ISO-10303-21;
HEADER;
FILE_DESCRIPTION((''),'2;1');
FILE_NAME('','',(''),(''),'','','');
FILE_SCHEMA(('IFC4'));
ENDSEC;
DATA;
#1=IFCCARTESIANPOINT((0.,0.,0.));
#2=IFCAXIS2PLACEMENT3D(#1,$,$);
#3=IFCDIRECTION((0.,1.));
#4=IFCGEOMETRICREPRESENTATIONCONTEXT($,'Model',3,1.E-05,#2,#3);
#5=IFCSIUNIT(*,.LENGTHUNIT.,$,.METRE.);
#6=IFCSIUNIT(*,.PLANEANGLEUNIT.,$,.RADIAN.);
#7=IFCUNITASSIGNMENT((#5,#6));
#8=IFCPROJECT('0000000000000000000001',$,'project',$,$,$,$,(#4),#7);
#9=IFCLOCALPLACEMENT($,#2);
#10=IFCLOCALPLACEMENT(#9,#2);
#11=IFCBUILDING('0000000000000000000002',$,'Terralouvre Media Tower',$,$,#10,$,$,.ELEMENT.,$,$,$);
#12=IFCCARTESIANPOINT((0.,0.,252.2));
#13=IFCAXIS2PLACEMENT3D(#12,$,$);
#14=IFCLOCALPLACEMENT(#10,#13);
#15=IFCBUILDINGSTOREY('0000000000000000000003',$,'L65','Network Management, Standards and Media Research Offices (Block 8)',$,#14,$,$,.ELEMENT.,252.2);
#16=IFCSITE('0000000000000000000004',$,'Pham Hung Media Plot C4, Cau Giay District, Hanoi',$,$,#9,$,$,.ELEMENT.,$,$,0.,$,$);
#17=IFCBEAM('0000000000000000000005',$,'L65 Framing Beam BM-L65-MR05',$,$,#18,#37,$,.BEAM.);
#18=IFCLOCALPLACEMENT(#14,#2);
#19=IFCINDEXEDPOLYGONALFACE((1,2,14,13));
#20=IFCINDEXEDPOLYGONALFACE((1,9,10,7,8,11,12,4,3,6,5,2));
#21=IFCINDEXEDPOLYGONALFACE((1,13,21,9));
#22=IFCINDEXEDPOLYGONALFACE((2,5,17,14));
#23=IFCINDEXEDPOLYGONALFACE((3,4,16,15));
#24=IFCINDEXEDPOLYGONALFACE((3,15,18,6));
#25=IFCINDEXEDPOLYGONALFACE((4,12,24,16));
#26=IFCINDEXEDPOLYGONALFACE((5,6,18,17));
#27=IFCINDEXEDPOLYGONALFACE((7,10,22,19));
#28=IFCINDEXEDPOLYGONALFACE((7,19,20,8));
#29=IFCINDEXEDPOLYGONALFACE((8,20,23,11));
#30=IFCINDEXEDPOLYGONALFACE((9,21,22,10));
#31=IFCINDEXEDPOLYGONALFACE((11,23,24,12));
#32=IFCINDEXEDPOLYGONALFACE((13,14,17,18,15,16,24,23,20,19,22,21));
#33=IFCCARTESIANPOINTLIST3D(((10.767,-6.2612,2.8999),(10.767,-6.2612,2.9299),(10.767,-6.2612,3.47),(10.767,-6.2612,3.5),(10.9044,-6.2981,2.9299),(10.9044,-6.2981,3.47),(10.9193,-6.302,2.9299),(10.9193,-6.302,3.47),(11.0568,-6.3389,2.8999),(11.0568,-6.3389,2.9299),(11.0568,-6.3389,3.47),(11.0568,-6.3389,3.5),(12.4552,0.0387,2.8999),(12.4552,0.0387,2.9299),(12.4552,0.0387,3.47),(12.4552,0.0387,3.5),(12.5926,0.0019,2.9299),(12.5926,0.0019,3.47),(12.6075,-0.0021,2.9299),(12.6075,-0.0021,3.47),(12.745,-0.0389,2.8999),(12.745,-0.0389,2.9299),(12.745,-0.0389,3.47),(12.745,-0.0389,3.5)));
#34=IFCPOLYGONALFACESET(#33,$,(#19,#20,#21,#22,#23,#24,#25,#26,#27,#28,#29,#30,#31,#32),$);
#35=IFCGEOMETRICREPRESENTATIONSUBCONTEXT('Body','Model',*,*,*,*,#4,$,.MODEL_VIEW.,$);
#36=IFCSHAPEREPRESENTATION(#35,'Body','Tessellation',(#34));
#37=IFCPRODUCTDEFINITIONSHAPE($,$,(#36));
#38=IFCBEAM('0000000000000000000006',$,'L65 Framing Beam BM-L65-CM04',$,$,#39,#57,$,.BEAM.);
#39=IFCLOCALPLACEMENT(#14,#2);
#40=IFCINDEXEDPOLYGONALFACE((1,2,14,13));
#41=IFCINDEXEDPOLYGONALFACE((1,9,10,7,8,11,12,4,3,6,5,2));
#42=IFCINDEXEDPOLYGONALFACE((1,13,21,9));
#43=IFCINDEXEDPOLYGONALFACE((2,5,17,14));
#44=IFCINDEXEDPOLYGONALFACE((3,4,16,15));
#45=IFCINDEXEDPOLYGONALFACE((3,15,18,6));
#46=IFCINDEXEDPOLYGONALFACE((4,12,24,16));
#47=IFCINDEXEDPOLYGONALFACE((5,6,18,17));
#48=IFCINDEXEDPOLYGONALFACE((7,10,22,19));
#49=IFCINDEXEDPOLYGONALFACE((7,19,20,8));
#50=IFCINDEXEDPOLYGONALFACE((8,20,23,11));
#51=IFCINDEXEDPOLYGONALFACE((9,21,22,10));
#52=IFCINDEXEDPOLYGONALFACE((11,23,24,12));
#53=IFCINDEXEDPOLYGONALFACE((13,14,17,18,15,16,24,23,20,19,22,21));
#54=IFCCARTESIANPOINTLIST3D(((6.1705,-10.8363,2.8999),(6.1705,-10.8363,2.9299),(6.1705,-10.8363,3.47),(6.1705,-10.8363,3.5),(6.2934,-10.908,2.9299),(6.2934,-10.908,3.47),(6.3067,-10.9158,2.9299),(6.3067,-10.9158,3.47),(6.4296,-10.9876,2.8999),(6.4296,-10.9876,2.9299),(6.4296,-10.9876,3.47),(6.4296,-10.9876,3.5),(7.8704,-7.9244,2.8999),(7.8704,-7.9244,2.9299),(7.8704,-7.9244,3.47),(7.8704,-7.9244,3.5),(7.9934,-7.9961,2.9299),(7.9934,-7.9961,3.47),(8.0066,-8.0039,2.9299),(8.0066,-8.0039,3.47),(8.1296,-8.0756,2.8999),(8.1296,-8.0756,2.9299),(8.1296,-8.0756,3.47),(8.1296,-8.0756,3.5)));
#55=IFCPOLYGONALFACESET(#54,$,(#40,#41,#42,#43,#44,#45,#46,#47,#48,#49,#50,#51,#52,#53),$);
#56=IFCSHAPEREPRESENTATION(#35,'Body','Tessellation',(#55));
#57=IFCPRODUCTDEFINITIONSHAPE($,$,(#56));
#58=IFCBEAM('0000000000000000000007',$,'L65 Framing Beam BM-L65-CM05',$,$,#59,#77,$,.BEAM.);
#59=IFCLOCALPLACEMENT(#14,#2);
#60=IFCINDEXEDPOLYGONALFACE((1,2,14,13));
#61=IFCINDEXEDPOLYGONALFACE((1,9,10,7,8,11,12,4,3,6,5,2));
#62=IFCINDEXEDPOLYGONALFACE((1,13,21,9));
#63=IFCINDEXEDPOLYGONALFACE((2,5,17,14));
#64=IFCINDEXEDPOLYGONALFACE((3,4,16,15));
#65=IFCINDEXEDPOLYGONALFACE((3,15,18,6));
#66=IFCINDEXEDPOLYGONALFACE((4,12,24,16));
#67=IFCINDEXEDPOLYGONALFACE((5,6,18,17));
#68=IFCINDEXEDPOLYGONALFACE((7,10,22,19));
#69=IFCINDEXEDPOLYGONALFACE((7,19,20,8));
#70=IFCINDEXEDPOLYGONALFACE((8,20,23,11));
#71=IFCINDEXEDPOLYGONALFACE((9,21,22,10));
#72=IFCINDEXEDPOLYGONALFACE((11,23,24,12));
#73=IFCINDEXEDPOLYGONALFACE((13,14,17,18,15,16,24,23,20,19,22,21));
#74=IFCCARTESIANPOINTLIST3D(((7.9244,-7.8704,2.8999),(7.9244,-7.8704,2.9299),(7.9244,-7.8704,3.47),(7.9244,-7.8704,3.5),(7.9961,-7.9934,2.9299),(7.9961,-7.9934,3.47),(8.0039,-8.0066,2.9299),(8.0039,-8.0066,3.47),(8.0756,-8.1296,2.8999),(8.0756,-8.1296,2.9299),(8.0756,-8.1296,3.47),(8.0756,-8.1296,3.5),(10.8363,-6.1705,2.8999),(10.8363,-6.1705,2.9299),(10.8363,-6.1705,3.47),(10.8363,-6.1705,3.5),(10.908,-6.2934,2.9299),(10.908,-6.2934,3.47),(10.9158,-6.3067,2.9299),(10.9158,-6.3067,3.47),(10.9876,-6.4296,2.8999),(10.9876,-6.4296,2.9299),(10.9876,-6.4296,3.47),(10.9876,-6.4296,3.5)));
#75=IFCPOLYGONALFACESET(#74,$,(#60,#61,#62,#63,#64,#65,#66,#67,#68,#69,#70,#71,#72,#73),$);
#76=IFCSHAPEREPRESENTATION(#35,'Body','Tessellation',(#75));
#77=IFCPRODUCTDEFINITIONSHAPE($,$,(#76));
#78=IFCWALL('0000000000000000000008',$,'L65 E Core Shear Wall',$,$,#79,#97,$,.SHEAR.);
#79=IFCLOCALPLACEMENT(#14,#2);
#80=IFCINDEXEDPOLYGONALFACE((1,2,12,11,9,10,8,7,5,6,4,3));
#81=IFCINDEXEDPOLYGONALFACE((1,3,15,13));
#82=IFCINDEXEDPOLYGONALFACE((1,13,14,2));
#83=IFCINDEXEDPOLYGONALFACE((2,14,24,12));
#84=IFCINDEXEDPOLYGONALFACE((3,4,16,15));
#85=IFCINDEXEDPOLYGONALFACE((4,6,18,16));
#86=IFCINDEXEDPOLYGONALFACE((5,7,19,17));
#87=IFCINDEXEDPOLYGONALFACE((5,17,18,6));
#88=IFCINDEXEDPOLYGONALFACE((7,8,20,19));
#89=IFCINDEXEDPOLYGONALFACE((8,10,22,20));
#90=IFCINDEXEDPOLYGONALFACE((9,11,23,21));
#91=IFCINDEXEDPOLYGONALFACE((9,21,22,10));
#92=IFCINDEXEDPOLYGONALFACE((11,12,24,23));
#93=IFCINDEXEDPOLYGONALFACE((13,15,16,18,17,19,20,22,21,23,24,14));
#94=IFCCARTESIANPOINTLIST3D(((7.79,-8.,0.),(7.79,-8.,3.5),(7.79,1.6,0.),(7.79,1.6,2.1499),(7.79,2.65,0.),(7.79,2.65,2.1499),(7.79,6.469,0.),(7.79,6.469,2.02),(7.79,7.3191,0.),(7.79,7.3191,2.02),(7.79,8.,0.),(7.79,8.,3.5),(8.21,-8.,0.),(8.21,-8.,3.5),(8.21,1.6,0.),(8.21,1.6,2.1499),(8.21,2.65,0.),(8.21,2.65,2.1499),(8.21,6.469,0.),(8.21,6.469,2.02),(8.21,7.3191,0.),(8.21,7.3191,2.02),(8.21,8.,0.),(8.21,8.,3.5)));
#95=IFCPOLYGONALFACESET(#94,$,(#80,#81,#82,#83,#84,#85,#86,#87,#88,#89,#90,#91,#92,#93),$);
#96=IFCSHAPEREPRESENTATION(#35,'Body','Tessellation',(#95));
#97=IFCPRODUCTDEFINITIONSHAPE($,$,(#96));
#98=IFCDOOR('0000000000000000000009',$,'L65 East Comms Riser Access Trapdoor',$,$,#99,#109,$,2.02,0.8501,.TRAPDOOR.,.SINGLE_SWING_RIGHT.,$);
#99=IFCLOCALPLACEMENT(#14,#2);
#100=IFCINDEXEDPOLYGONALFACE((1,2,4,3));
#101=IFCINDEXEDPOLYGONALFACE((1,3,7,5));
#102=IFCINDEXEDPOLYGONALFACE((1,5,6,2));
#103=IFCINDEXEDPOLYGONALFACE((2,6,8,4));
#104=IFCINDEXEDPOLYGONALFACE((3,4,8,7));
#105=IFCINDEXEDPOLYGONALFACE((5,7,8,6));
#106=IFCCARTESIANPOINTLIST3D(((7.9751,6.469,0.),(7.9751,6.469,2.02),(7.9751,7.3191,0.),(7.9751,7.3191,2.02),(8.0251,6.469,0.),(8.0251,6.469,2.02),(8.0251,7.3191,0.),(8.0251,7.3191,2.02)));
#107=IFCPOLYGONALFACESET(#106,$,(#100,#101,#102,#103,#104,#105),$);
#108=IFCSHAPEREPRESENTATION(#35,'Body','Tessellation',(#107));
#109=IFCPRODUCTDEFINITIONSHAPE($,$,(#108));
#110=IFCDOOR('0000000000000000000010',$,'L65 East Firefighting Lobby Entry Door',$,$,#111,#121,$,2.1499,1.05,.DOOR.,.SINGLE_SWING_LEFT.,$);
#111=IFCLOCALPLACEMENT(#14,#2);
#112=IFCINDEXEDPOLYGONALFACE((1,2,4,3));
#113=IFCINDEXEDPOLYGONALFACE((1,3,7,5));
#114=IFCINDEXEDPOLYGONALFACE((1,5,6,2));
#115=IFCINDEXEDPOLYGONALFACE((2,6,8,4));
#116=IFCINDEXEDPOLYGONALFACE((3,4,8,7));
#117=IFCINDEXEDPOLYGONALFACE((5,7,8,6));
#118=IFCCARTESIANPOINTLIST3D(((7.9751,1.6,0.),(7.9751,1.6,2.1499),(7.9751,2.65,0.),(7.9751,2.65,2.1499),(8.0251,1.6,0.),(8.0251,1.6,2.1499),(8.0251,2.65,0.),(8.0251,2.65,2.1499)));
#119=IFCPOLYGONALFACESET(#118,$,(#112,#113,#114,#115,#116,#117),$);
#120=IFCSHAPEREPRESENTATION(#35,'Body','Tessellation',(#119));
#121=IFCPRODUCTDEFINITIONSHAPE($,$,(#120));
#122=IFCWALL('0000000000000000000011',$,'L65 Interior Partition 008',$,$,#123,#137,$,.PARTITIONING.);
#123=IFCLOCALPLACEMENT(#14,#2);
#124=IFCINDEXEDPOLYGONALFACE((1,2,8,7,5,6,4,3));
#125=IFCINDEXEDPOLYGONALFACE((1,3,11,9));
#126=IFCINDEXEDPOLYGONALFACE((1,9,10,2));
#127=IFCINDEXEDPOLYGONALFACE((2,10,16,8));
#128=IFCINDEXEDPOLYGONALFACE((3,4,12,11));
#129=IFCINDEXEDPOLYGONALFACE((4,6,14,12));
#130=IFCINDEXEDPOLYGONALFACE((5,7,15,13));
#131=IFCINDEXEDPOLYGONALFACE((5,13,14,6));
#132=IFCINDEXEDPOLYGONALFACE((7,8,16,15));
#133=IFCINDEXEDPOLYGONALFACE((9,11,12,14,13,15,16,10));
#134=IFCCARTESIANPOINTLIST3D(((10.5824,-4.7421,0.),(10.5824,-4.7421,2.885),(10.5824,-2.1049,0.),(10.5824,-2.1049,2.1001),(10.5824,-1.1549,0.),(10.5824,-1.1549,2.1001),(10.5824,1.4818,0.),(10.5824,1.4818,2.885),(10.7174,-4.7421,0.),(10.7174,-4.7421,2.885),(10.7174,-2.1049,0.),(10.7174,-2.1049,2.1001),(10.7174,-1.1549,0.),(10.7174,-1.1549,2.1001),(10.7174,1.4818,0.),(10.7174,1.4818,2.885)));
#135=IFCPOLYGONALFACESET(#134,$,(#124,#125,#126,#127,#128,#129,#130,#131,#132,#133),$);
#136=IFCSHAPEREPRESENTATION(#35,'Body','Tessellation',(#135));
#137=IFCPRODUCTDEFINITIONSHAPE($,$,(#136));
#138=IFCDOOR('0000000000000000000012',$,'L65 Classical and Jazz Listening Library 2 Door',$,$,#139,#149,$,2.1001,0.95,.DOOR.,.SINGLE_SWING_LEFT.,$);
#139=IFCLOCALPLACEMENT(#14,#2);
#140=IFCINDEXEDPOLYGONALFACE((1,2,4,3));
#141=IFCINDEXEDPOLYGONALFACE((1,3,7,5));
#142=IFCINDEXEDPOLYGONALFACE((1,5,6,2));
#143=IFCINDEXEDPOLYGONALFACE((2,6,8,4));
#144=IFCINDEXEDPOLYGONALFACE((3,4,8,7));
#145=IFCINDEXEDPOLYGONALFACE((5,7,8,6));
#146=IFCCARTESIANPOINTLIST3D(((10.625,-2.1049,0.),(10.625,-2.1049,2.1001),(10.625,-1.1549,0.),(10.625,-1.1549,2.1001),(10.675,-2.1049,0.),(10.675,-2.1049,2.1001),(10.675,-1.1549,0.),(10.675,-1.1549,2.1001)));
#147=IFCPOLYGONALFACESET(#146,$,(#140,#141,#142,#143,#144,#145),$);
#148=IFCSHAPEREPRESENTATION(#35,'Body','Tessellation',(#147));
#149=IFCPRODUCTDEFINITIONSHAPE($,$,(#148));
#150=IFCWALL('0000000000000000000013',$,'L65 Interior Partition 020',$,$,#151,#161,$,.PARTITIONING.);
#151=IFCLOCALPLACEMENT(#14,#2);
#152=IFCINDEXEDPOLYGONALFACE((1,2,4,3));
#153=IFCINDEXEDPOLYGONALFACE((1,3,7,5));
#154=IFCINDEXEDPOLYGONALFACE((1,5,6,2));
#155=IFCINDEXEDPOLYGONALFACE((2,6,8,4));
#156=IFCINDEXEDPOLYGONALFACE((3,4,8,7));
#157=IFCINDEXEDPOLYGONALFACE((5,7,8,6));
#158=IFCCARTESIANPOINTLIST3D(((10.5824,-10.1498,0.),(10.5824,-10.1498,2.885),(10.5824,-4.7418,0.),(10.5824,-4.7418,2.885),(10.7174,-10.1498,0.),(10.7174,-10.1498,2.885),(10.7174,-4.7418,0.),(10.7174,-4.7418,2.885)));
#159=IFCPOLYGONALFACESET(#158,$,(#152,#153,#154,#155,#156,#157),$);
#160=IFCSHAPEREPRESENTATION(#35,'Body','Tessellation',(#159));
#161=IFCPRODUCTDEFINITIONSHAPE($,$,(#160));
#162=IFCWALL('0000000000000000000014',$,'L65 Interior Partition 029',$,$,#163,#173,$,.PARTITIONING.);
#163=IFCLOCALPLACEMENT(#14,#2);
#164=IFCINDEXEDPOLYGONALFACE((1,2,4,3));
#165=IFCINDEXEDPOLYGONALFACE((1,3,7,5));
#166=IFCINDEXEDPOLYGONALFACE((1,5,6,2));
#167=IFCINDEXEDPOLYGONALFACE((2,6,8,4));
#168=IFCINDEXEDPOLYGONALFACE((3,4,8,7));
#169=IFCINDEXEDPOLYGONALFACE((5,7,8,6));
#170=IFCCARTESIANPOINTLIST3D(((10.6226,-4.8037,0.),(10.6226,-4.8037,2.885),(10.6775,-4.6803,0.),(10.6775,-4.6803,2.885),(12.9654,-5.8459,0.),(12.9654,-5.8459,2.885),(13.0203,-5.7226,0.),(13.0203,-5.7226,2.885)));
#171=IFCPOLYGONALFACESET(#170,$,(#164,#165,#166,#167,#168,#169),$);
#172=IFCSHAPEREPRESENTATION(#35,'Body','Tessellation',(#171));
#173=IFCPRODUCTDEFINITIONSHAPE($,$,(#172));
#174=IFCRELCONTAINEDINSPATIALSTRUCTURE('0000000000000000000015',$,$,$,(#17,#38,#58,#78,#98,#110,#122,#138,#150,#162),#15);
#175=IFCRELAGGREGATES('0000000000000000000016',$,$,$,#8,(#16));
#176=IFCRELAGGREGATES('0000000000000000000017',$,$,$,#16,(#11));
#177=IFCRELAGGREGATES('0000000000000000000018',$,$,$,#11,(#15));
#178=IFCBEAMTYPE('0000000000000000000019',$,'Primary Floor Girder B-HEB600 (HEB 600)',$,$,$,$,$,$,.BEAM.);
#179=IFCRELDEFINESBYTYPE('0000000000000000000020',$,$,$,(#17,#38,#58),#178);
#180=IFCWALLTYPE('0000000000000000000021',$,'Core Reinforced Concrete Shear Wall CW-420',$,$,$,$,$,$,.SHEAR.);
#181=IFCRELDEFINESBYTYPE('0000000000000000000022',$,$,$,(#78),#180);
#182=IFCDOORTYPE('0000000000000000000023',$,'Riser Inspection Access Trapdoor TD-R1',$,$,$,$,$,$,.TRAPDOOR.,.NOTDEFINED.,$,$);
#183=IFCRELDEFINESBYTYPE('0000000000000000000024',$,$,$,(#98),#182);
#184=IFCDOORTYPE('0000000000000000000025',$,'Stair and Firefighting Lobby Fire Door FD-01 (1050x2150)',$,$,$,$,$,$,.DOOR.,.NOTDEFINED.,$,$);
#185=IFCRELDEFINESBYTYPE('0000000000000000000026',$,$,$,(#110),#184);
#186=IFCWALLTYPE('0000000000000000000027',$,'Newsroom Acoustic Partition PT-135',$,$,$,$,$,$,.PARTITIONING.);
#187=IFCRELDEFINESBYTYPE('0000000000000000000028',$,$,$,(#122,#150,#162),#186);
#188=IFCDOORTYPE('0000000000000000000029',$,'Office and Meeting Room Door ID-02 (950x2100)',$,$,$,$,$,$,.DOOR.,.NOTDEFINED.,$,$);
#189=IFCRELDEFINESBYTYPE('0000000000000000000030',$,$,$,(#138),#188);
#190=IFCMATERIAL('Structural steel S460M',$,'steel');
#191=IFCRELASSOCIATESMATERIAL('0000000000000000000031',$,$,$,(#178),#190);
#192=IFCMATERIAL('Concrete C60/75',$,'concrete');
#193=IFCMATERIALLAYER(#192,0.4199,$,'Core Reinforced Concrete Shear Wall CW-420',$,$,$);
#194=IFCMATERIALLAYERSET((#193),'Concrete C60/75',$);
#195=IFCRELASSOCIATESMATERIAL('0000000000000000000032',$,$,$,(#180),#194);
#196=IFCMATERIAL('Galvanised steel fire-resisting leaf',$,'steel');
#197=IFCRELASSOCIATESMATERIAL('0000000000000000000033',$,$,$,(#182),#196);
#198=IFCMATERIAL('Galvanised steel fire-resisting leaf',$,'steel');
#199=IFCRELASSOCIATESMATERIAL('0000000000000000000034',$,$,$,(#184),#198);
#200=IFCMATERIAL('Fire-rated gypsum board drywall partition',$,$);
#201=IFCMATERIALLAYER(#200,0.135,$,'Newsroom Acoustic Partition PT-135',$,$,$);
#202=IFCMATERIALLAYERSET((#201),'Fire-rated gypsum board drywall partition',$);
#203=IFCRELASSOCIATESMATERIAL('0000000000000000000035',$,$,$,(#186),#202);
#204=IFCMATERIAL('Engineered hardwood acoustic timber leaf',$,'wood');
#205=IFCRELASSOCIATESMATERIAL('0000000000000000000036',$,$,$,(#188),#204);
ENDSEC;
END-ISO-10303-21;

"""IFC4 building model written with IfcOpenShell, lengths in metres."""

from ifc_helpers import new_model, si_unit, direction, frame, frame_2d, origin, origin_2d, place, context, subcontext, project, spatial, rectangle, i_section, extrude, material, layer, layer_set, material_profile, profile_set, type_object, element, fill, save


model = new_model("IFC4")

# Units and contexts
model_context = context("Model", 3, precision=1e-05, world=origin(), true_north=direction((0.0, 1.0)))
body_context = subcontext(model_context, "Body", "Model", "MODEL_VIEW")
ifc_project = project(units=[si_unit("LENGTHUNIT", "METRE"), si_unit("PLANEANGLEUNIT", "RADIAN")], contexts=[model_context])

# Site, building, storey
site_placement = place(None, origin())
site = spatial("IfcSite", under=ifc_project, at=site_placement, Name="Pham Hung Media Plot C4, Cau Giay District, Hanoi", CompositionType="ELEMENT", RefElevation=0.0)
building_placement = place(site_placement, origin())
building = spatial("IfcBuilding", under=site, at=building_placement, Name="Terralouvre Media Tower", CompositionType="ELEMENT")
storey_placement = place(building_placement, frame((0.0, 0.0, 252.2)))
storey = spatial("IfcBuildingStorey", under=building, at=storey_placement, Name="L65", Description="Network Management, Standards and Media Research Offices (Block 8)", CompositionType="ELEMENT", Elevation=252.2)

# Beams
ifc_material_1 = material(Name="Structural steel S460M", Category="steel")
ifc_material_profile_1 = material_profile(ifc_material_1, i_section(OverallWidth=0.3, OverallDepth=0.6001, WebThickness=0.0154, FlangeThickness=0.03, at=origin_2d()), Name="HEB 600")
ifc_profile_set_1 = profile_set([ifc_material_profile_1], Name="Structural steel S460M")
beam_type_1 = type_object("IfcBeamType", Name="Primary Floor Girder B-HEB600 (HEB 600)", PredefinedType="BEAM", material=ifc_profile_set_1)
beam_1_placement = place(storey_placement, frame((10.9119, -6.3, 3.2), z_axis=(0.258839, 0.96592, 0.0), x_axis=(-0.96592, 0.258839, 0.0)))
element("IfcBeam", 1, at=beam_1_placement, inside=storey, type_object=beam_type_1, Name="L65 Framing Beam BM-L65-MR05", PredefinedType="BEAM", context=body_context, shape_type="SweptSolid", body=[
    extrude(i_section(OverallWidth=0.3, OverallDepth=0.6001, WebThickness=0.0154, FlangeThickness=0.03, at=origin_2d()), origin(), (0.0, 0.0, 1.0), 6.5222),
])
for number, where, z_axis, x_axis, name in (
    (2, (8.0, -8.0, 3.2), (-0.504173, -0.863603, 0.0), (0.863603, -0.504173, 0.0), "L65 Framing Beam BM-L65-CM04"),
    (3, (8.0, -8.0, 3.2), (0.863603, 0.504173, 0.0), (-0.504173, 0.863603, 0.0), "L65 Framing Beam BM-L65-CM05"),
):
    element("IfcBeam", number, at=place(storey_placement, frame(where, z_axis=z_axis, x_axis=x_axis)), inside=storey, type_object=beam_type_1, Name=name, PredefinedType="BEAM", context=body_context, shape_type="SweptSolid", body=[
        extrude(i_section(OverallWidth=0.3, OverallDepth=0.6001, WebThickness=0.0154, FlangeThickness=0.03, at=origin_2d()), origin(), (0.0, 0.0, 1.0), 3.3718),
    ])

# Wall, openings, doors
ifc_material_2 = material(Name="Concrete C60/75", Category="concrete")
ifc_layer_1 = layer(ifc_material_2, 0.4199, Name="Core Reinforced Concrete Shear Wall CW-420")
ifc_layer_set_1 = layer_set([ifc_layer_1], Name="Concrete C60/75")
wall_type_1 = type_object("IfcWallType", Name="Core Reinforced Concrete Shear Wall CW-420", PredefinedType="SHEAR", material=ifc_layer_set_1)
wall_1_placement = place(storey_placement, frame((8.0, -8.0, 0.0), z_axis=(0.0, 0.0, 1.0), x_axis=(0.0, 1.0, 0.0)))
wall_1 = element("IfcWall", 4, at=wall_1_placement, inside=storey, type_object=wall_type_1, Name="L65 E Core Shear Wall", PredefinedType="SHEAR", context=body_context, shape_type="SweptSolid", body=[
    extrude(rectangle(XDim=16.0, YDim=0.4199, at=frame_2d((8.0, 0.0))), origin(), (0.0, 0.0, 1.0), 3.5),
])
opening_1_placement = place(wall_1_placement, frame((9.6001, 0.0, 0.0)))
opening_1 = element("IfcOpeningElement", 5, at=opening_1_placement, cuts=wall_1, PredefinedType="OPENING", context=body_context, shape_type="SweptSolid", body=[
    extrude(rectangle(XDim=1.05, YDim=2.1499, at=frame_2d((0.5249, 1.075))), frame((0.0, 0.22, 0.0), z_axis=(0.0, -1.0, 0.0), x_axis=(1.0, 0.0, 0.0)), (0.0, 0.0, 1.0), 0.4399),
])
opening_2_placement = place(wall_1_placement, frame((14.469, 0.0, 0.0)))
opening_2 = element("IfcOpeningElement", 6, at=opening_2_placement, cuts=wall_1, PredefinedType="OPENING", context=body_context, shape_type="SweptSolid", body=[
    extrude(rectangle(XDim=0.8501, YDim=2.02, at=frame_2d((0.425, 1.01))), frame((0.0, 0.22, 0.0), z_axis=(0.0, -1.0, 0.0), x_axis=(1.0, 0.0, 0.0)), (0.0, 0.0, 1.0), 0.4399),
])
ifc_material_3 = material(Name="Galvanised steel fire-resisting leaf", Category="steel")
door_type_1 = type_object("IfcDoorType", Name="Riser Inspection Access Trapdoor TD-R1", OperationType="NOTDEFINED", PredefinedType="TRAPDOOR", material=ifc_material_3)
door_1_placement = place(opening_2_placement, origin())
door_1 = element("IfcDoor", 7, at=door_1_placement, inside=storey, type_object=door_type_1, Name="L65 East Comms Riser Access Trapdoor", OperationType="SINGLE_SWING_RIGHT", OverallHeight=2.02, OverallWidth=0.8501, PredefinedType="TRAPDOOR", context=body_context, shape_type="SweptSolid", body=[
    extrude(rectangle(XDim=0.8501, YDim=2.02, at=frame_2d((0.425, 1.01))), frame((0.0, 0.0249, 0.0), z_axis=(0.0, -1.0, 0.0), x_axis=(1.0, 0.0, 0.0)), (0.0, 0.0, 1.0), 0.05),
])
fill(opening_2, door_1)
ifc_material_4 = material(Name="Galvanised steel fire-resisting leaf", Category="steel")
door_type_2 = type_object("IfcDoorType", Name="Stair and Firefighting Lobby Fire Door FD-01 (1050x2150)", OperationType="NOTDEFINED", PredefinedType="DOOR", material=ifc_material_4)
door_2_placement = place(opening_1_placement, origin())
door_2 = element("IfcDoor", 8, at=door_2_placement, inside=storey, type_object=door_type_2, Name="L65 East Firefighting Lobby Entry Door", OperationType="SINGLE_SWING_LEFT", OverallHeight=2.1499, OverallWidth=1.05, PredefinedType="DOOR", context=body_context, shape_type="SweptSolid", body=[
    extrude(rectangle(XDim=1.05, YDim=2.1499, at=frame_2d((0.5249, 1.075))), frame((0.0, 0.0249, 0.0), z_axis=(0.0, -1.0, 0.0), x_axis=(1.0, 0.0, 0.0)), (0.0, 0.0, 1.0), 0.05),
])
fill(opening_1, door_2)

# Wall, opening, door
ifc_material_5 = material(Name="Fire-rated gypsum board drywall partition")
ifc_layer_2 = layer(ifc_material_5, 0.135, Name="Newsroom Acoustic Partition PT-135")
ifc_layer_set_2 = layer_set([ifc_layer_2], Name="Fire-rated gypsum board drywall partition")
wall_type_2 = type_object("IfcWallType", Name="Newsroom Acoustic Partition PT-135", PredefinedType="PARTITIONING", material=ifc_layer_set_2)
wall_2_placement = place(storey_placement, frame((10.6499, -4.7419, 0.0), z_axis=(0.0, 0.0, 1.0), x_axis=(0.0, 1.0, 0.0)))
wall_2 = element("IfcWall", 9, at=wall_2_placement, inside=storey, type_object=wall_type_2, Name="L65 Interior Partition 008", PredefinedType="PARTITIONING", context=body_context, shape_type="SweptSolid", body=[
    extrude(rectangle(XDim=6.2239, YDim=0.135, at=frame_2d((3.1118, 0.0))), origin(), (0.0, 0.0, 1.0), 2.885),
])
opening_3_placement = place(wall_2_placement, frame((2.637, 0.0, 0.0)))
opening_3 = element("IfcOpeningElement", 10, at=opening_3_placement, cuts=wall_2, PredefinedType="OPENING", context=body_context, shape_type="SweptSolid", body=[
    extrude(rectangle(XDim=0.95, YDim=2.1001, at=frame_2d((0.4751, 1.05))), frame((0.0, 0.0774, 0.0), z_axis=(0.0, -1.0, 0.0), x_axis=(1.0, 0.0, 0.0)), (0.0, 0.0, 1.0), 0.155),
])
ifc_material_6 = material(Name="Engineered hardwood acoustic timber leaf", Category="wood")
door_type_3 = type_object("IfcDoorType", Name="Office and Meeting Room Door ID-02 (950x2100)", OperationType="NOTDEFINED", PredefinedType="DOOR", material=ifc_material_6)
door_3_placement = place(opening_3_placement, origin())
door_3 = element("IfcDoor", 11, at=door_3_placement, inside=storey, type_object=door_type_3, Name="L65 Classical and Jazz Listening Library 2 Door", OperationType="SINGLE_SWING_LEFT", OverallHeight=2.1001, OverallWidth=0.95, PredefinedType="DOOR", context=body_context, shape_type="SweptSolid", body=[
    extrude(rectangle(XDim=0.95, YDim=2.1001, at=frame_2d((0.4751, 1.05))), frame((0.0, 0.0249, 0.0), z_axis=(0.0, -1.0, 0.0), x_axis=(1.0, 0.0, 0.0)), (0.0, 0.0, 1.0), 0.05),
])
fill(opening_3, door_3)

# Walls
wall_3_placement = place(storey_placement, frame((10.6499, -10.1499, 0.0), z_axis=(0.0, 0.0, 1.0), x_axis=(0.0, 1.0, 0.0)))
element("IfcWall", 12, at=wall_3_placement, inside=storey, type_object=wall_type_2, Name="L65 Interior Partition 020", PredefinedType="PARTITIONING", context=body_context, shape_type="SweptSolid", body=[
    extrude(rectangle(XDim=5.408, YDim=0.135, at=frame_2d((2.7041, 0.0))), origin(), (0.0, 0.0, 1.0), 2.885),
])
wall_4_placement = place(storey_placement, frame((10.6499, -4.7419, 0.0), z_axis=(0.0, 0.0, 1.0), x_axis=(0.913666, -0.406465, 0.0)))
element("IfcWall", 13, at=wall_4_placement, inside=storey, type_object=wall_type_2, Name="L65 Interior Partition 029", PredefinedType="PARTITIONING", context=body_context, shape_type="SweptSolid", body=[
    extrude(rectangle(XDim=2.5642, YDim=0.135, at=frame_2d((1.2822, 0.0))), origin(), (0.0, 0.0, 1.0), 2.885),
])

save(model, "model.ifc")
